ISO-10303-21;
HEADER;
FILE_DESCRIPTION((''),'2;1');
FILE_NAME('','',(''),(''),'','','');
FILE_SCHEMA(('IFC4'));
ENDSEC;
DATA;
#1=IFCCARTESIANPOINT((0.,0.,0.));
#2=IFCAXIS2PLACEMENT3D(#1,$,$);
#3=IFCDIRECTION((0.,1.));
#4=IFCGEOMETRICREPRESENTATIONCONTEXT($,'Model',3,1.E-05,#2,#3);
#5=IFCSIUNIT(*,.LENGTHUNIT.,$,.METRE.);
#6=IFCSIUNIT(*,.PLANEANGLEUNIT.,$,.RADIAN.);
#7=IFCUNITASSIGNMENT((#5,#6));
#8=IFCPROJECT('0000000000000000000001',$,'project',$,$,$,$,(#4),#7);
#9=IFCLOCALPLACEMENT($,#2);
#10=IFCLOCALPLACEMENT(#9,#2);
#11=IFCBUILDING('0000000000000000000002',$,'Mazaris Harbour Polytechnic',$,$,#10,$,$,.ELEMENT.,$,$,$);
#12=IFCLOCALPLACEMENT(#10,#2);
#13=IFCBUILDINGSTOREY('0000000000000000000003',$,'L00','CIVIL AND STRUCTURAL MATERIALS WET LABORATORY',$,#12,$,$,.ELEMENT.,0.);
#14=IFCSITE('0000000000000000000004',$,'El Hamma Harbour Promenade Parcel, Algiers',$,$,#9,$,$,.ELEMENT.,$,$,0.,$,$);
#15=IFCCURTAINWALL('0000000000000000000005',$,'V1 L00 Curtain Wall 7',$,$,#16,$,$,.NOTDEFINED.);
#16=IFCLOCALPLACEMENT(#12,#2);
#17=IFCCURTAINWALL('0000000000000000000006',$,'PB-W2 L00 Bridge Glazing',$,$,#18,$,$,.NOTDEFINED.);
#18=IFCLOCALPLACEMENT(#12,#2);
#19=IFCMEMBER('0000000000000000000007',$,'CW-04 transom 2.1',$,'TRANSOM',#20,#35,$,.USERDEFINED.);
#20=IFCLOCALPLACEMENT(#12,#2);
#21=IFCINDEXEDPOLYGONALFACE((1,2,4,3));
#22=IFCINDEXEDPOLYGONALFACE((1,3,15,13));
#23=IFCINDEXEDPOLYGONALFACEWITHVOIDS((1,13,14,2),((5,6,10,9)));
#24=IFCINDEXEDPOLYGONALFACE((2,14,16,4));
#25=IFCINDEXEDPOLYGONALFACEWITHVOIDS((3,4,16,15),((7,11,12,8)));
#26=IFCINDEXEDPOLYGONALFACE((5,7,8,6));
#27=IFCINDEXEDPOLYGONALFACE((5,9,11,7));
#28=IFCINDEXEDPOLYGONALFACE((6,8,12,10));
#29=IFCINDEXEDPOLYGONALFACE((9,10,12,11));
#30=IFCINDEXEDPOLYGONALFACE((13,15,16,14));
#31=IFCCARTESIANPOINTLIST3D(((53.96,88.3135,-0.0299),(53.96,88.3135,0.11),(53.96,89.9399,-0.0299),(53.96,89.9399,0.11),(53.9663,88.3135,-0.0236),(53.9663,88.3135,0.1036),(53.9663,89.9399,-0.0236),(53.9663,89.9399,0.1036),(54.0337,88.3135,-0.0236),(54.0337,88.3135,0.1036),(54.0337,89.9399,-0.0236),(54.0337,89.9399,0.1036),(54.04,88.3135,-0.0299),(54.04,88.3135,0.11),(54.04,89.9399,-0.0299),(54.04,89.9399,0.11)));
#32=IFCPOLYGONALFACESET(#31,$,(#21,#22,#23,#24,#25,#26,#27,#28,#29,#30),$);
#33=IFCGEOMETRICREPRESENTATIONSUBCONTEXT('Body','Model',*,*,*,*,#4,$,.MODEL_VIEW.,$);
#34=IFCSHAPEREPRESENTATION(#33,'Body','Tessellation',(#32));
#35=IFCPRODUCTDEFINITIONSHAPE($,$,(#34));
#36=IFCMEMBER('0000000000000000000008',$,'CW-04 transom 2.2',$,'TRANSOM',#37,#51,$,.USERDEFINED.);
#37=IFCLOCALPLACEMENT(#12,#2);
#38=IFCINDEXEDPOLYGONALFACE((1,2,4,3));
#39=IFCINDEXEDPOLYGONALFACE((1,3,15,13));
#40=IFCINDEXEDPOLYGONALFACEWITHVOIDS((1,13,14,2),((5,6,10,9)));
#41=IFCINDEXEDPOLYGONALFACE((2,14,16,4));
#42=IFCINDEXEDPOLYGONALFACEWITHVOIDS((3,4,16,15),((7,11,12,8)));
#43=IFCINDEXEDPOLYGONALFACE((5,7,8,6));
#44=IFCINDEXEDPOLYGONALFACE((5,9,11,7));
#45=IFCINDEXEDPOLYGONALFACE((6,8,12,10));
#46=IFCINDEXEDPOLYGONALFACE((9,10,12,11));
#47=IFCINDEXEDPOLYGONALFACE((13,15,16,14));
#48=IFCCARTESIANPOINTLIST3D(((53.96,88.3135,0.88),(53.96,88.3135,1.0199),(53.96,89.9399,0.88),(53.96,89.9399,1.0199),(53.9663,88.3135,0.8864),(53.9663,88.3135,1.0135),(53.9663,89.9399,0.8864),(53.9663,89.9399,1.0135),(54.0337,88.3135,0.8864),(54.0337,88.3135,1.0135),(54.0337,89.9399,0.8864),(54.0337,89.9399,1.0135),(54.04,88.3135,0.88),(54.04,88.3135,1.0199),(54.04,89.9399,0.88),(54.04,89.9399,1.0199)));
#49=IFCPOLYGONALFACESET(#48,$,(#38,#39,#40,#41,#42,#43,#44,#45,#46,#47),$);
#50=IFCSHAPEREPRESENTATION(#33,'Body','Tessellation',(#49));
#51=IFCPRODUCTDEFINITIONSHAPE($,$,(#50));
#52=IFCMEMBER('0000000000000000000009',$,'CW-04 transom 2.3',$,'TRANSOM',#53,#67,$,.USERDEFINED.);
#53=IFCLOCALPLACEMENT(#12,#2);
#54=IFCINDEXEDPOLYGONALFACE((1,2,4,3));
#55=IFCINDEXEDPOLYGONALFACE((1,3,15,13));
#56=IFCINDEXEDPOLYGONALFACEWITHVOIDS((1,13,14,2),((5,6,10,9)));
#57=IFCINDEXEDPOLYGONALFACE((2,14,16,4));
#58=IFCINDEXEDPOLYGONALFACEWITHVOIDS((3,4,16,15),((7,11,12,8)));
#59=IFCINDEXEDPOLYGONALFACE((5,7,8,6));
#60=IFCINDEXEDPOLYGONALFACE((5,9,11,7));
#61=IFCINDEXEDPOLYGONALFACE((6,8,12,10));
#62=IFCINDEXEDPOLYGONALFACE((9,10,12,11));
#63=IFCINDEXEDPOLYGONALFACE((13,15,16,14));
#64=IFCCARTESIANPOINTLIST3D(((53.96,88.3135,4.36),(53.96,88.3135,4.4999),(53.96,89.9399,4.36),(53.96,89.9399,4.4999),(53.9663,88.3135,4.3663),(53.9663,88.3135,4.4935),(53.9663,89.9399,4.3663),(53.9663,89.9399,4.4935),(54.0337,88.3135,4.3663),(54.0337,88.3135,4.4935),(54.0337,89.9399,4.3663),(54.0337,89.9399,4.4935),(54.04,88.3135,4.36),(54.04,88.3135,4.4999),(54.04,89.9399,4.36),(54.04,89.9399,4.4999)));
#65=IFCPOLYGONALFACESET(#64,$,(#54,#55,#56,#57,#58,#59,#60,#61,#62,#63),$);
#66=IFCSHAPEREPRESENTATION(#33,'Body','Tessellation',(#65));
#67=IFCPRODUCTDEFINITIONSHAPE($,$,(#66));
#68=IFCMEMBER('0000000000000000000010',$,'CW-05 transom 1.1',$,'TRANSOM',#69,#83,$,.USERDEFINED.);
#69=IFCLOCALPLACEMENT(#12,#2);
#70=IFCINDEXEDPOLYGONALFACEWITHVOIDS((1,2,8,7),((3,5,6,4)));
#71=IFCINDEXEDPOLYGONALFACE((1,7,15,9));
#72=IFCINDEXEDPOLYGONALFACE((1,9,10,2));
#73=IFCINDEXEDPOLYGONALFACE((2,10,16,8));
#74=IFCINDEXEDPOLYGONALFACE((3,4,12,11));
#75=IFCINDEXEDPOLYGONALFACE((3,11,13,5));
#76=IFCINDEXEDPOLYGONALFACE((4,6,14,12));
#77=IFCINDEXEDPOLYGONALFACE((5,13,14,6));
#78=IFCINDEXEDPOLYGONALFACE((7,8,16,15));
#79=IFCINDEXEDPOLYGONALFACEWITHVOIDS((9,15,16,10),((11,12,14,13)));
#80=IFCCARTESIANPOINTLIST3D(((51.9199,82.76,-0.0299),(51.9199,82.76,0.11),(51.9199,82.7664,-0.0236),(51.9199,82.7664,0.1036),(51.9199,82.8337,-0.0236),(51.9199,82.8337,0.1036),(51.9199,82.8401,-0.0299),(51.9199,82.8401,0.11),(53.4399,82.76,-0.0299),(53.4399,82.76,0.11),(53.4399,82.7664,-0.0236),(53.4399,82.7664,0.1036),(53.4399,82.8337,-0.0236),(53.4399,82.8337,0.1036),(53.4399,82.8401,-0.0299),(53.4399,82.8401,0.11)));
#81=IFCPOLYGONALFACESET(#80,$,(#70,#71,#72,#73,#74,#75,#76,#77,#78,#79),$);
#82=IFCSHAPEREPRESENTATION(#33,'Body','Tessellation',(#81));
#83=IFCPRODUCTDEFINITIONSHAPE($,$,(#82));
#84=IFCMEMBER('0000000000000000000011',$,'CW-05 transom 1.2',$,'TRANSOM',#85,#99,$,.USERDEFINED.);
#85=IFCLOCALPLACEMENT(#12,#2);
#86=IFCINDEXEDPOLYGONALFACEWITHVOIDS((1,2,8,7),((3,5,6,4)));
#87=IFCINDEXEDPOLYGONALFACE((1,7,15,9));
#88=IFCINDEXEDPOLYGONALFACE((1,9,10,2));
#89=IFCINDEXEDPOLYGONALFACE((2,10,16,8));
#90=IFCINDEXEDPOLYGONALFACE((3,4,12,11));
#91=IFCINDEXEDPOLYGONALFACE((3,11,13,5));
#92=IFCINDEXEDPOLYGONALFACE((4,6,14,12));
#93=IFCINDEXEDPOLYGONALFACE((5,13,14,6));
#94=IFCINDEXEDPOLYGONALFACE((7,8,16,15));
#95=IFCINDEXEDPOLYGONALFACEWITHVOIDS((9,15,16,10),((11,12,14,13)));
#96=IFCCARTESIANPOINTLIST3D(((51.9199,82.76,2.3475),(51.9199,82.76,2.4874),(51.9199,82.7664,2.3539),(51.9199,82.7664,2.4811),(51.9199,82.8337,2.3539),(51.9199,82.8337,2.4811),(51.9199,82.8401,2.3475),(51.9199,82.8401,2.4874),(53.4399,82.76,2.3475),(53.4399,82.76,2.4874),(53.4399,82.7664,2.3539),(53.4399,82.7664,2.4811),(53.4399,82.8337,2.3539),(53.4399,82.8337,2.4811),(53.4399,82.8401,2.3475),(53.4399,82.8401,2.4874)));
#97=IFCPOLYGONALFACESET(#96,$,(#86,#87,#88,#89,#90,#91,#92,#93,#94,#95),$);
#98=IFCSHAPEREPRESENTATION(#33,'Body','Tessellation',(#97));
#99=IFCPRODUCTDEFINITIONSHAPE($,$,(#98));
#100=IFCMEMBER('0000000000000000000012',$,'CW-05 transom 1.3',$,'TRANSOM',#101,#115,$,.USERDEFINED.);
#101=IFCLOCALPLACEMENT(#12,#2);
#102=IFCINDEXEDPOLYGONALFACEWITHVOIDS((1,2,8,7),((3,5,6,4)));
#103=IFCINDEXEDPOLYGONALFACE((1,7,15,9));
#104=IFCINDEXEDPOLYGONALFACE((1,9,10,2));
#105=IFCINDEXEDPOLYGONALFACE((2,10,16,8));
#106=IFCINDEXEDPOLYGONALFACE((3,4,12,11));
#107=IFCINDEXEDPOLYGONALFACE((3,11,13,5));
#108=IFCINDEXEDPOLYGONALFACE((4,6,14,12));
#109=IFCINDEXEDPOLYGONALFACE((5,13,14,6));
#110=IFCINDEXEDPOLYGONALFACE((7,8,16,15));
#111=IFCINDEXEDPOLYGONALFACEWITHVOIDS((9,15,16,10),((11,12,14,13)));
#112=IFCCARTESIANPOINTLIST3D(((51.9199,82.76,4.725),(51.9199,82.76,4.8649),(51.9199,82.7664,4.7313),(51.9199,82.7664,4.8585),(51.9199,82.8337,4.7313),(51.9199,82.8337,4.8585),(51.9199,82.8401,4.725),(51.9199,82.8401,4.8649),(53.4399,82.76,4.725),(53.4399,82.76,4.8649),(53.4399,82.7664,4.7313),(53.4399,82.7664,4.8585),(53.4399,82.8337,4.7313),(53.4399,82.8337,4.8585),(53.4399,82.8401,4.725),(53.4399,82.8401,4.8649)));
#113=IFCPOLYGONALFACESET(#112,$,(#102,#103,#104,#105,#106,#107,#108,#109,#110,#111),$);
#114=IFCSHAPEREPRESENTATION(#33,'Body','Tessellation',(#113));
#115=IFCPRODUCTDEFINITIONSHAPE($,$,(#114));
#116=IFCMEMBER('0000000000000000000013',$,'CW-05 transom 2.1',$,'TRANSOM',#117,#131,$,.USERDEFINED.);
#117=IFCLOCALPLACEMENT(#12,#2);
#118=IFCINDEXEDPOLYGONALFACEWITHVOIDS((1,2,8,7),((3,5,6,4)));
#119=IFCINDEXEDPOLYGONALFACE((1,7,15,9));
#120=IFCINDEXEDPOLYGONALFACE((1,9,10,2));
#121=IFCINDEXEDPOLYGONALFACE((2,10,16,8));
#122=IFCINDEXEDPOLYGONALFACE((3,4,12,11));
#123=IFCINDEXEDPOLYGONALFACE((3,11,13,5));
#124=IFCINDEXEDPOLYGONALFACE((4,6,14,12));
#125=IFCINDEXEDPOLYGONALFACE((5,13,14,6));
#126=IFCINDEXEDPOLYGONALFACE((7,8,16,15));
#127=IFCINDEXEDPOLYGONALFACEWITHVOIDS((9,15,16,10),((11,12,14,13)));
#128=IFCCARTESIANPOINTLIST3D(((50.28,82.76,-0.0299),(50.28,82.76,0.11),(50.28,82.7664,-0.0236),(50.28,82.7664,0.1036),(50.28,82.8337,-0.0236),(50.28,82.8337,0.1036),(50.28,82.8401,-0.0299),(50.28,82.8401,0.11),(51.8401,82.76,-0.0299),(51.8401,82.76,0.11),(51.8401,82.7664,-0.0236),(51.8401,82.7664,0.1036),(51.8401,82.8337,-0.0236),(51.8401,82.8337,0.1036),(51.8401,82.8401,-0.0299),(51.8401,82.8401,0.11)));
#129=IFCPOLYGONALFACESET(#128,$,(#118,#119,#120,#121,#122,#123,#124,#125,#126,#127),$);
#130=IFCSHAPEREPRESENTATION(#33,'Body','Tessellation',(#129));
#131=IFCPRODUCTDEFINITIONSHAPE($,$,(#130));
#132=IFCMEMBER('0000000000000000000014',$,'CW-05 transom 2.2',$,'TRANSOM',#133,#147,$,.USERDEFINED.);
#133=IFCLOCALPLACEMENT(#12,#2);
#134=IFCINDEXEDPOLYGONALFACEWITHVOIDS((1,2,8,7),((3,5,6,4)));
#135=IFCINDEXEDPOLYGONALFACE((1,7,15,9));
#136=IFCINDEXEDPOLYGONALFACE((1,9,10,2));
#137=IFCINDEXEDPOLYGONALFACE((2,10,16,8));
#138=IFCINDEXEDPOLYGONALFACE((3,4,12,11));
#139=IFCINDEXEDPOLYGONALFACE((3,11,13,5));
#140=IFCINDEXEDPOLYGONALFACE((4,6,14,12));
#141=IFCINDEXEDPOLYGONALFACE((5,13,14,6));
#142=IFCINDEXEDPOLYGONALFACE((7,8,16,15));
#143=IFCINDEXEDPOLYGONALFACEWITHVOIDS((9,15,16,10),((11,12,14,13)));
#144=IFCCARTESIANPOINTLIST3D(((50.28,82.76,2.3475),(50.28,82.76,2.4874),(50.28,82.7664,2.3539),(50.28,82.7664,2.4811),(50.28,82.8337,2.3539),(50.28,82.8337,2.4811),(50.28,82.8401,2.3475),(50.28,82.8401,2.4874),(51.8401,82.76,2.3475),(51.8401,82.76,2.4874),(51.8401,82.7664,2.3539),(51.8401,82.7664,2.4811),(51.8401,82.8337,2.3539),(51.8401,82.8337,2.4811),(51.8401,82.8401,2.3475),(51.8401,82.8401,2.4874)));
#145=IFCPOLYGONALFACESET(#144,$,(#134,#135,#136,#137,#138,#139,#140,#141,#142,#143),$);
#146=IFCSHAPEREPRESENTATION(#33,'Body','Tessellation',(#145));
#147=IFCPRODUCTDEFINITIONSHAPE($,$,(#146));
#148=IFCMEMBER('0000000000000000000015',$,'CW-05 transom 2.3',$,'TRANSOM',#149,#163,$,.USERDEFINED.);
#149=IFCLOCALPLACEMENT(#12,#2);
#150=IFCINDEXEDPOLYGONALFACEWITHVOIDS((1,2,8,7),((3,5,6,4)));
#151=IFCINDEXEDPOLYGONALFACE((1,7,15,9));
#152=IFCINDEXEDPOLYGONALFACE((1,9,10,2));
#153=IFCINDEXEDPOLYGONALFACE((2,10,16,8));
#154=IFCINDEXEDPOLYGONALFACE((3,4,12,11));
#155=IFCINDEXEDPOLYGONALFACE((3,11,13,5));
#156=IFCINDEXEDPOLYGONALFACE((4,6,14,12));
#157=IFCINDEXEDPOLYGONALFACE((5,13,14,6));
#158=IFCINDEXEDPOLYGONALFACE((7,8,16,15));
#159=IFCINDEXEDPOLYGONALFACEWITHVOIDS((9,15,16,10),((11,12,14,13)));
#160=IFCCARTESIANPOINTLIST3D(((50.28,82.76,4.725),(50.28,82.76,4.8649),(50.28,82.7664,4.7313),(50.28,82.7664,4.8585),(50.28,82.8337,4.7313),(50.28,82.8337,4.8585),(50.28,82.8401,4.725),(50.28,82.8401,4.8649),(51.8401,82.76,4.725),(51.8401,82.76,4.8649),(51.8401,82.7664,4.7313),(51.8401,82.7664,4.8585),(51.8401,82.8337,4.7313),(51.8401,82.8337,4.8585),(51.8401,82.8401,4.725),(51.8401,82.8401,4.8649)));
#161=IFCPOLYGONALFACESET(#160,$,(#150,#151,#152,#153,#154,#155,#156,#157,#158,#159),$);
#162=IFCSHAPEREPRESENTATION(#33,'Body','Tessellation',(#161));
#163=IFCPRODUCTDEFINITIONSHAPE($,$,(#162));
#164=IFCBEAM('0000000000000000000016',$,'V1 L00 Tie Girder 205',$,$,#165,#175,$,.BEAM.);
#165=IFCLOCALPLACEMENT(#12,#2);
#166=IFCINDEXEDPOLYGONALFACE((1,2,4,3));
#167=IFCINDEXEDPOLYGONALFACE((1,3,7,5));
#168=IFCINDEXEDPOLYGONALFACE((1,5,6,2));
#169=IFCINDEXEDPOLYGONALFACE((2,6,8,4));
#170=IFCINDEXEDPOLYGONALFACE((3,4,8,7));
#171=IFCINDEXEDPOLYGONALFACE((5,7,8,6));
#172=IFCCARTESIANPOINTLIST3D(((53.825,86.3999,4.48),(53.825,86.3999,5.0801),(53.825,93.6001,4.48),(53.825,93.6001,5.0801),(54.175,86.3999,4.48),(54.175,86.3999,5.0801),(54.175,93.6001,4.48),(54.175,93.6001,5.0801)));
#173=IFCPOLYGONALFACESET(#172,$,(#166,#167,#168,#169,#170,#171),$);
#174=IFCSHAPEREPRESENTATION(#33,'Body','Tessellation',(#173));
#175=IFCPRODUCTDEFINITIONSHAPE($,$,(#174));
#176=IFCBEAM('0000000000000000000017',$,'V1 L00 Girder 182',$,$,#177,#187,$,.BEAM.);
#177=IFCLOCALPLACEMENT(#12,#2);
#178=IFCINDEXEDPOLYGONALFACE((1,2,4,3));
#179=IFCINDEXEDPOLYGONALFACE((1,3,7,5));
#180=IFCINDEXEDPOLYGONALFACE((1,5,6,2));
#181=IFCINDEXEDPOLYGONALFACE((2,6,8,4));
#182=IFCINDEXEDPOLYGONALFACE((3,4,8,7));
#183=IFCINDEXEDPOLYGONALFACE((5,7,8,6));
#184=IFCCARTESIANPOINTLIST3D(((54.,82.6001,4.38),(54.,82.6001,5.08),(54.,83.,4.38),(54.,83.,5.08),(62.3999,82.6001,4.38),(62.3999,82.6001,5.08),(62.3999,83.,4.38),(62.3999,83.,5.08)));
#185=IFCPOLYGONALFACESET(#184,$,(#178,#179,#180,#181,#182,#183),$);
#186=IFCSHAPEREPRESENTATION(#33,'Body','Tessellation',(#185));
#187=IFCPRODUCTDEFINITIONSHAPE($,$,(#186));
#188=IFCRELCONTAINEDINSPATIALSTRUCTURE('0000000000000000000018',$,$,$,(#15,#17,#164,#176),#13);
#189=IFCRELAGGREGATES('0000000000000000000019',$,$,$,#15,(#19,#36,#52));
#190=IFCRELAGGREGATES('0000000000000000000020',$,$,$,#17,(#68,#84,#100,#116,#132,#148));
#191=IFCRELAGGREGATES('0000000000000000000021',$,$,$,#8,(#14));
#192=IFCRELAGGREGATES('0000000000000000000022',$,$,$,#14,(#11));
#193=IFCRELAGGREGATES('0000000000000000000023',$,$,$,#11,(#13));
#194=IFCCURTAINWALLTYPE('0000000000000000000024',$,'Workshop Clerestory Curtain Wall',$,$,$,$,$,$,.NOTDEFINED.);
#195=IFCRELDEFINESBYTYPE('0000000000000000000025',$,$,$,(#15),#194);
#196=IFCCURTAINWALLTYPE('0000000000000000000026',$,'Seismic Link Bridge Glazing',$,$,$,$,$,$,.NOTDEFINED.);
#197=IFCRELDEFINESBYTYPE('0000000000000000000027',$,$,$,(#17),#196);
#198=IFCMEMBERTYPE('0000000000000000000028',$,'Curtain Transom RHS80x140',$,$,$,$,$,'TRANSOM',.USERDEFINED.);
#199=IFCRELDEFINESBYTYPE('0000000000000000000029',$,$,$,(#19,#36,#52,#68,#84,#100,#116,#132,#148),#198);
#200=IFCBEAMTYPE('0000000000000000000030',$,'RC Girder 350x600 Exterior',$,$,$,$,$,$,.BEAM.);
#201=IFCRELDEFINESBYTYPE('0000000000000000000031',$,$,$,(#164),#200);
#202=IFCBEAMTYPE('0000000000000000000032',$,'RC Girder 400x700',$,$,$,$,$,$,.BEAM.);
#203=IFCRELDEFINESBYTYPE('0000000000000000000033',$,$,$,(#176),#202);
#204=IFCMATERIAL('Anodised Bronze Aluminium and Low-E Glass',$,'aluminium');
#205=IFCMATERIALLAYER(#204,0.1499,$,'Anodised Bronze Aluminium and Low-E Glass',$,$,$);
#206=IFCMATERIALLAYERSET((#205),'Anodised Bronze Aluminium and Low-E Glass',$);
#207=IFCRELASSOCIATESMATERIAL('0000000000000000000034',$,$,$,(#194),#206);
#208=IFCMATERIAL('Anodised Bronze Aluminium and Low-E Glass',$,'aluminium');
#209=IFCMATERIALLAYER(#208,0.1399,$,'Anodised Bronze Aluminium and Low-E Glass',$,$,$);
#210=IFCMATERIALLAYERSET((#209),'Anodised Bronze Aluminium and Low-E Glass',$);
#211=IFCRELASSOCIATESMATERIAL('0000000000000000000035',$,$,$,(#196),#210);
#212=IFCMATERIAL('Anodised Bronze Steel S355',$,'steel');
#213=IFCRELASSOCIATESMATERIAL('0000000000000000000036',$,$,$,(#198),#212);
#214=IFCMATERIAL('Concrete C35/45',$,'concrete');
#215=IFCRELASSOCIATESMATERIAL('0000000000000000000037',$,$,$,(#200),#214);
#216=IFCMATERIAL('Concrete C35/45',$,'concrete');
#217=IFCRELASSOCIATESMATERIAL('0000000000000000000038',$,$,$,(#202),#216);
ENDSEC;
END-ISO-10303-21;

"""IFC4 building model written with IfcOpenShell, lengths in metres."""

from ifc_helpers import new_model, si_unit, direction, frame, origin, origin_2d, place, context, subcontext, project, spatial, rectangle, hollow_rectangle, extrude, material, layer, layer_set, material_profile, profile_set, type_object, element, aggregate, save


model = new_model("IFC4")

# Units and contexts
model_context = context("Model", 3, precision=1e-05, world=origin(), true_north=direction((0.0, 1.0)))
body_context = subcontext(model_context, "Body", "Model", "MODEL_VIEW")
ifc_project = project(units=[si_unit("LENGTHUNIT", "METRE"), si_unit("PLANEANGLEUNIT", "RADIAN")], contexts=[model_context])

# Site, building, storey
site_placement = place(None, origin())
site = spatial("IfcSite", under=ifc_project, at=site_placement, Name="El Hamma Harbour Promenade Parcel, Algiers", CompositionType="ELEMENT", RefElevation=0.0)
building_placement = place(site_placement, origin())
building = spatial("IfcBuilding", under=site, at=building_placement, Name="Mazaris Harbour Polytechnic", CompositionType="ELEMENT")
storey_placement = place(building_placement, origin())
storey = spatial("IfcBuildingStorey", under=building, at=storey_placement, Name="L00", Description="CIVIL AND STRUCTURAL MATERIALS WET LABORATORY", CompositionType="ELEMENT", Elevation=0.0)

# Curtain walls
ifc_material_1 = material(Name="Anodised Bronze Aluminium and Low-E Glass", Category="aluminium")
ifc_layer_1 = layer(ifc_material_1, 0.1499, Name="Anodised Bronze Aluminium and Low-E Glass")
ifc_layer_set_1 = layer_set([ifc_layer_1], Name="Anodised Bronze Aluminium and Low-E Glass")
curtain_wall_type_1 = type_object("IfcCurtainWallType", Name="Workshop Clerestory Curtain Wall", PredefinedType="NOTDEFINED", material=ifc_layer_set_1)
curtain_wall_1_placement = place(storey_placement, origin())
curtain_wall_1 = element("IfcCurtainWall", 1, at=curtain_wall_1_placement, inside=storey, type_object=curtain_wall_type_1, Name="V1 L00 Curtain Wall 7", PredefinedType="NOTDEFINED")
ifc_material_2 = material(Name="Anodised Bronze Aluminium and Low-E Glass", Category="aluminium")
ifc_layer_2 = layer(ifc_material_2, 0.1399, Name="Anodised Bronze Aluminium and Low-E Glass")
ifc_layer_set_2 = layer_set([ifc_layer_2], Name="Anodised Bronze Aluminium and Low-E Glass")
curtain_wall_type_2 = type_object("IfcCurtainWallType", Name="Seismic Link Bridge Glazing", PredefinedType="NOTDEFINED", material=ifc_layer_set_2)
curtain_wall_2_placement = place(storey_placement, origin())
curtain_wall_2 = element("IfcCurtainWall", 2, at=curtain_wall_2_placement, inside=storey, type_object=curtain_wall_type_2, Name="PB-W2 L00 Bridge Glazing", PredefinedType="NOTDEFINED")

# Members
ifc_material_3 = material(Name="Anodised Bronze Steel S355", Category="steel")
ifc_material_profile_1 = material_profile(ifc_material_3, hollow_rectangle(XDim=0.0801, YDim=0.1399, WallThickness=0.0063, at=origin_2d()), Name="RHS 80x140x6.3")
ifc_profile_set_1 = profile_set([ifc_material_profile_1], Name="Anodised Bronze Steel S355")
member_type_1 = type_object("IfcMemberType", Name="Curtain Transom RHS80x140", ElementType="TRANSOM", PredefinedType="USERDEFINED", material=ifc_profile_set_1)
member_1_placement = place(storey_placement, frame((54.0, 88.3135, 0.04), z_axis=(0.0, 1.0, 0.0), x_axis=(-1.0, 0.0, 0.0)))
member_1 = element("IfcMember", 3, at=member_1_placement, type_object=member_type_1, Name="CW-04 transom 2.1", ObjectType="TRANSOM", PredefinedType="USERDEFINED", context=body_context, shape_type="SweptSolid", body=[
    extrude(hollow_rectangle(XDim=0.0801, YDim=0.1399, WallThickness=0.0063, at=origin_2d()), origin(), (0.0, 0.0, 1.0), 1.6265),
])
member_2_placement = place(storey_placement, frame((54.0, 88.3135, 0.95), z_axis=(0.0, 1.0, 0.0), x_axis=(-1.0, 0.0, 0.0)))
member_2 = element("IfcMember", 4, at=member_2_placement, type_object=member_type_1, Name="CW-04 transom 2.2", ObjectType="TRANSOM", PredefinedType="USERDEFINED", context=body_context, shape_type="SweptSolid", body=[
    extrude(hollow_rectangle(XDim=0.0801, YDim=0.1399, WallThickness=0.0063, at=origin_2d()), origin(), (0.0, 0.0, 1.0), 1.6265),
])
member_3_placement = place(storey_placement, frame((54.0, 88.3135, 4.4299), z_axis=(0.0, 1.0, 0.0), x_axis=(-1.0, 0.0, 0.0)))
member_3 = element("IfcMember", 5, at=member_3_placement, type_object=member_type_1, Name="CW-04 transom 2.3", ObjectType="TRANSOM", PredefinedType="USERDEFINED", context=body_context, shape_type="SweptSolid", body=[
    extrude(hollow_rectangle(XDim=0.0801, YDim=0.1399, WallThickness=0.0063, at=origin_2d()), origin(), (0.0, 0.0, 1.0), 1.6265),
])
member_4_placement = place(storey_placement, frame((53.4399, 82.8, 0.04), z_axis=(-1.0, 0.0, 0.0), x_axis=(0.0, -1.0, 0.0)))
member_4 = element("IfcMember", 6, at=member_4_placement, type_object=member_type_1, Name="CW-05 transom 1.1", ObjectType="TRANSOM", PredefinedType="USERDEFINED", context=body_context, shape_type="SweptSolid", body=[
    extrude(hollow_rectangle(XDim=0.0801, YDim=0.1399, WallThickness=0.0063, at=origin_2d()), origin(), (0.0, 0.0, 1.0), 1.52),
])
member_5_placement = place(storey_placement, frame((53.4399, 82.8, 2.4175), z_axis=(-1.0, 0.0, 0.0), x_axis=(0.0, -1.0, 0.0)))
member_5 = element("IfcMember", 7, at=member_5_placement, type_object=member_type_1, Name="CW-05 transom 1.2", ObjectType="TRANSOM", PredefinedType="USERDEFINED", context=body_context, shape_type="SweptSolid", body=[
    extrude(hollow_rectangle(XDim=0.0801, YDim=0.1399, WallThickness=0.0063, at=origin_2d()), origin(), (0.0, 0.0, 1.0), 1.52),
])
member_6_placement = place(storey_placement, frame((53.4399, 82.8, 4.7949), z_axis=(-1.0, 0.0, 0.0), x_axis=(0.0, -1.0, 0.0)))
member_6 = element("IfcMember", 8, at=member_6_placement, type_object=member_type_1, Name="CW-05 transom 1.3", ObjectType="TRANSOM", PredefinedType="USERDEFINED", context=body_context, shape_type="SweptSolid", body=[
    extrude(hollow_rectangle(XDim=0.0801, YDim=0.1399, WallThickness=0.0063, at=origin_2d()), origin(), (0.0, 0.0, 1.0), 1.52),
])
member_7_placement = place(storey_placement, frame((51.8401, 82.8, 0.04), z_axis=(-1.0, 0.0, 0.0), x_axis=(0.0, -1.0, 0.0)))
member_7 = element("IfcMember", 9, at=member_7_placement, type_object=member_type_1, Name="CW-05 transom 2.1", ObjectType="TRANSOM", PredefinedType="USERDEFINED", context=body_context, shape_type="SweptSolid", body=[
    extrude(hollow_rectangle(XDim=0.0801, YDim=0.1399, WallThickness=0.0063, at=origin_2d()), origin(), (0.0, 0.0, 1.0), 1.5601),
])
member_8_placement = place(storey_placement, frame((51.8401, 82.8, 2.4175), z_axis=(-1.0, 0.0, 0.0), x_axis=(0.0, -1.0, 0.0)))
member_8 = element("IfcMember", 10, at=member_8_placement, type_object=member_type_1, Name="CW-05 transom 2.2", ObjectType="TRANSOM", PredefinedType="USERDEFINED", context=body_context, shape_type="SweptSolid", body=[
    extrude(hollow_rectangle(XDim=0.0801, YDim=0.1399, WallThickness=0.0063, at=origin_2d()), origin(), (0.0, 0.0, 1.0), 1.5601),
])
member_9_placement = place(storey_placement, frame((51.8401, 82.8, 4.7949), z_axis=(-1.0, 0.0, 0.0), x_axis=(0.0, -1.0, 0.0)))
member_9 = element("IfcMember", 11, at=member_9_placement, type_object=member_type_1, Name="CW-05 transom 2.3", ObjectType="TRANSOM", PredefinedType="USERDEFINED", context=body_context, shape_type="SweptSolid", body=[
    extrude(hollow_rectangle(XDim=0.0801, YDim=0.1399, WallThickness=0.0063, at=origin_2d()), origin(), (0.0, 0.0, 1.0), 1.5601),
])

# Beams
ifc_material_4 = material(Name="Concrete C35/45", Category="concrete")
ifc_material_profile_2 = material_profile(ifc_material_4, rectangle(XDim=0.3501, YDim=0.6001, at=origin_2d()), Name="RECT350x600")
ifc_profile_set_2 = profile_set([ifc_material_profile_2], Name="Concrete C35/45")
beam_type_1 = type_object("IfcBeamType", Name="RC Girder 350x600 Exterior", PredefinedType="BEAM", material=ifc_profile_set_2)
beam_1_placement = place(storey_placement, frame((54.0, 86.3999, 4.78), z_axis=(0.0, 1.0, 0.0), x_axis=(-1.0, 0.0, 0.0)))
element("IfcBeam", 12, at=beam_1_placement, inside=storey, type_object=beam_type_1, Name="V1 L00 Tie Girder 205", PredefinedType="BEAM", context=body_context, shape_type="SweptSolid", body=[
    extrude(rectangle(XDim=0.3501, YDim=0.6001, at=origin_2d()), origin(), (0.0, 0.0, 1.0), 7.2002),
])
ifc_material_5 = material(Name="Concrete C35/45", Category="concrete")
ifc_material_profile_3 = material_profile(ifc_material_5, rectangle(XDim=0.3999, YDim=0.7, at=origin_2d()), Name="RECT400x700")
ifc_profile_set_3 = profile_set([ifc_material_profile_3], Name="Concrete C35/45")
beam_type_2 = type_object("IfcBeamType", Name="RC Girder 400x700", PredefinedType="BEAM", material=ifc_profile_set_3)
beam_2_placement = place(storey_placement, frame((54.0, 82.8, 4.73), z_axis=(1.0, 0.0, 0.0), x_axis=(0.0, 1.0, 0.0)))
element("IfcBeam", 13, at=beam_2_placement, inside=storey, type_object=beam_type_2, Name="V1 L00 Girder 182", PredefinedType="BEAM", context=body_context, shape_type="SweptSolid", body=[
    extrude(rectangle(XDim=0.3999, YDim=0.7, at=origin_2d()), origin(), (0.0, 0.0, 1.0), 8.3999),
])

aggregate(curtain_wall_1, [member_1, member_2, member_3])
aggregate(curtain_wall_2, [member_4, member_5, member_6, member_7, member_8, member_9])

save(model, "model.ifc")
